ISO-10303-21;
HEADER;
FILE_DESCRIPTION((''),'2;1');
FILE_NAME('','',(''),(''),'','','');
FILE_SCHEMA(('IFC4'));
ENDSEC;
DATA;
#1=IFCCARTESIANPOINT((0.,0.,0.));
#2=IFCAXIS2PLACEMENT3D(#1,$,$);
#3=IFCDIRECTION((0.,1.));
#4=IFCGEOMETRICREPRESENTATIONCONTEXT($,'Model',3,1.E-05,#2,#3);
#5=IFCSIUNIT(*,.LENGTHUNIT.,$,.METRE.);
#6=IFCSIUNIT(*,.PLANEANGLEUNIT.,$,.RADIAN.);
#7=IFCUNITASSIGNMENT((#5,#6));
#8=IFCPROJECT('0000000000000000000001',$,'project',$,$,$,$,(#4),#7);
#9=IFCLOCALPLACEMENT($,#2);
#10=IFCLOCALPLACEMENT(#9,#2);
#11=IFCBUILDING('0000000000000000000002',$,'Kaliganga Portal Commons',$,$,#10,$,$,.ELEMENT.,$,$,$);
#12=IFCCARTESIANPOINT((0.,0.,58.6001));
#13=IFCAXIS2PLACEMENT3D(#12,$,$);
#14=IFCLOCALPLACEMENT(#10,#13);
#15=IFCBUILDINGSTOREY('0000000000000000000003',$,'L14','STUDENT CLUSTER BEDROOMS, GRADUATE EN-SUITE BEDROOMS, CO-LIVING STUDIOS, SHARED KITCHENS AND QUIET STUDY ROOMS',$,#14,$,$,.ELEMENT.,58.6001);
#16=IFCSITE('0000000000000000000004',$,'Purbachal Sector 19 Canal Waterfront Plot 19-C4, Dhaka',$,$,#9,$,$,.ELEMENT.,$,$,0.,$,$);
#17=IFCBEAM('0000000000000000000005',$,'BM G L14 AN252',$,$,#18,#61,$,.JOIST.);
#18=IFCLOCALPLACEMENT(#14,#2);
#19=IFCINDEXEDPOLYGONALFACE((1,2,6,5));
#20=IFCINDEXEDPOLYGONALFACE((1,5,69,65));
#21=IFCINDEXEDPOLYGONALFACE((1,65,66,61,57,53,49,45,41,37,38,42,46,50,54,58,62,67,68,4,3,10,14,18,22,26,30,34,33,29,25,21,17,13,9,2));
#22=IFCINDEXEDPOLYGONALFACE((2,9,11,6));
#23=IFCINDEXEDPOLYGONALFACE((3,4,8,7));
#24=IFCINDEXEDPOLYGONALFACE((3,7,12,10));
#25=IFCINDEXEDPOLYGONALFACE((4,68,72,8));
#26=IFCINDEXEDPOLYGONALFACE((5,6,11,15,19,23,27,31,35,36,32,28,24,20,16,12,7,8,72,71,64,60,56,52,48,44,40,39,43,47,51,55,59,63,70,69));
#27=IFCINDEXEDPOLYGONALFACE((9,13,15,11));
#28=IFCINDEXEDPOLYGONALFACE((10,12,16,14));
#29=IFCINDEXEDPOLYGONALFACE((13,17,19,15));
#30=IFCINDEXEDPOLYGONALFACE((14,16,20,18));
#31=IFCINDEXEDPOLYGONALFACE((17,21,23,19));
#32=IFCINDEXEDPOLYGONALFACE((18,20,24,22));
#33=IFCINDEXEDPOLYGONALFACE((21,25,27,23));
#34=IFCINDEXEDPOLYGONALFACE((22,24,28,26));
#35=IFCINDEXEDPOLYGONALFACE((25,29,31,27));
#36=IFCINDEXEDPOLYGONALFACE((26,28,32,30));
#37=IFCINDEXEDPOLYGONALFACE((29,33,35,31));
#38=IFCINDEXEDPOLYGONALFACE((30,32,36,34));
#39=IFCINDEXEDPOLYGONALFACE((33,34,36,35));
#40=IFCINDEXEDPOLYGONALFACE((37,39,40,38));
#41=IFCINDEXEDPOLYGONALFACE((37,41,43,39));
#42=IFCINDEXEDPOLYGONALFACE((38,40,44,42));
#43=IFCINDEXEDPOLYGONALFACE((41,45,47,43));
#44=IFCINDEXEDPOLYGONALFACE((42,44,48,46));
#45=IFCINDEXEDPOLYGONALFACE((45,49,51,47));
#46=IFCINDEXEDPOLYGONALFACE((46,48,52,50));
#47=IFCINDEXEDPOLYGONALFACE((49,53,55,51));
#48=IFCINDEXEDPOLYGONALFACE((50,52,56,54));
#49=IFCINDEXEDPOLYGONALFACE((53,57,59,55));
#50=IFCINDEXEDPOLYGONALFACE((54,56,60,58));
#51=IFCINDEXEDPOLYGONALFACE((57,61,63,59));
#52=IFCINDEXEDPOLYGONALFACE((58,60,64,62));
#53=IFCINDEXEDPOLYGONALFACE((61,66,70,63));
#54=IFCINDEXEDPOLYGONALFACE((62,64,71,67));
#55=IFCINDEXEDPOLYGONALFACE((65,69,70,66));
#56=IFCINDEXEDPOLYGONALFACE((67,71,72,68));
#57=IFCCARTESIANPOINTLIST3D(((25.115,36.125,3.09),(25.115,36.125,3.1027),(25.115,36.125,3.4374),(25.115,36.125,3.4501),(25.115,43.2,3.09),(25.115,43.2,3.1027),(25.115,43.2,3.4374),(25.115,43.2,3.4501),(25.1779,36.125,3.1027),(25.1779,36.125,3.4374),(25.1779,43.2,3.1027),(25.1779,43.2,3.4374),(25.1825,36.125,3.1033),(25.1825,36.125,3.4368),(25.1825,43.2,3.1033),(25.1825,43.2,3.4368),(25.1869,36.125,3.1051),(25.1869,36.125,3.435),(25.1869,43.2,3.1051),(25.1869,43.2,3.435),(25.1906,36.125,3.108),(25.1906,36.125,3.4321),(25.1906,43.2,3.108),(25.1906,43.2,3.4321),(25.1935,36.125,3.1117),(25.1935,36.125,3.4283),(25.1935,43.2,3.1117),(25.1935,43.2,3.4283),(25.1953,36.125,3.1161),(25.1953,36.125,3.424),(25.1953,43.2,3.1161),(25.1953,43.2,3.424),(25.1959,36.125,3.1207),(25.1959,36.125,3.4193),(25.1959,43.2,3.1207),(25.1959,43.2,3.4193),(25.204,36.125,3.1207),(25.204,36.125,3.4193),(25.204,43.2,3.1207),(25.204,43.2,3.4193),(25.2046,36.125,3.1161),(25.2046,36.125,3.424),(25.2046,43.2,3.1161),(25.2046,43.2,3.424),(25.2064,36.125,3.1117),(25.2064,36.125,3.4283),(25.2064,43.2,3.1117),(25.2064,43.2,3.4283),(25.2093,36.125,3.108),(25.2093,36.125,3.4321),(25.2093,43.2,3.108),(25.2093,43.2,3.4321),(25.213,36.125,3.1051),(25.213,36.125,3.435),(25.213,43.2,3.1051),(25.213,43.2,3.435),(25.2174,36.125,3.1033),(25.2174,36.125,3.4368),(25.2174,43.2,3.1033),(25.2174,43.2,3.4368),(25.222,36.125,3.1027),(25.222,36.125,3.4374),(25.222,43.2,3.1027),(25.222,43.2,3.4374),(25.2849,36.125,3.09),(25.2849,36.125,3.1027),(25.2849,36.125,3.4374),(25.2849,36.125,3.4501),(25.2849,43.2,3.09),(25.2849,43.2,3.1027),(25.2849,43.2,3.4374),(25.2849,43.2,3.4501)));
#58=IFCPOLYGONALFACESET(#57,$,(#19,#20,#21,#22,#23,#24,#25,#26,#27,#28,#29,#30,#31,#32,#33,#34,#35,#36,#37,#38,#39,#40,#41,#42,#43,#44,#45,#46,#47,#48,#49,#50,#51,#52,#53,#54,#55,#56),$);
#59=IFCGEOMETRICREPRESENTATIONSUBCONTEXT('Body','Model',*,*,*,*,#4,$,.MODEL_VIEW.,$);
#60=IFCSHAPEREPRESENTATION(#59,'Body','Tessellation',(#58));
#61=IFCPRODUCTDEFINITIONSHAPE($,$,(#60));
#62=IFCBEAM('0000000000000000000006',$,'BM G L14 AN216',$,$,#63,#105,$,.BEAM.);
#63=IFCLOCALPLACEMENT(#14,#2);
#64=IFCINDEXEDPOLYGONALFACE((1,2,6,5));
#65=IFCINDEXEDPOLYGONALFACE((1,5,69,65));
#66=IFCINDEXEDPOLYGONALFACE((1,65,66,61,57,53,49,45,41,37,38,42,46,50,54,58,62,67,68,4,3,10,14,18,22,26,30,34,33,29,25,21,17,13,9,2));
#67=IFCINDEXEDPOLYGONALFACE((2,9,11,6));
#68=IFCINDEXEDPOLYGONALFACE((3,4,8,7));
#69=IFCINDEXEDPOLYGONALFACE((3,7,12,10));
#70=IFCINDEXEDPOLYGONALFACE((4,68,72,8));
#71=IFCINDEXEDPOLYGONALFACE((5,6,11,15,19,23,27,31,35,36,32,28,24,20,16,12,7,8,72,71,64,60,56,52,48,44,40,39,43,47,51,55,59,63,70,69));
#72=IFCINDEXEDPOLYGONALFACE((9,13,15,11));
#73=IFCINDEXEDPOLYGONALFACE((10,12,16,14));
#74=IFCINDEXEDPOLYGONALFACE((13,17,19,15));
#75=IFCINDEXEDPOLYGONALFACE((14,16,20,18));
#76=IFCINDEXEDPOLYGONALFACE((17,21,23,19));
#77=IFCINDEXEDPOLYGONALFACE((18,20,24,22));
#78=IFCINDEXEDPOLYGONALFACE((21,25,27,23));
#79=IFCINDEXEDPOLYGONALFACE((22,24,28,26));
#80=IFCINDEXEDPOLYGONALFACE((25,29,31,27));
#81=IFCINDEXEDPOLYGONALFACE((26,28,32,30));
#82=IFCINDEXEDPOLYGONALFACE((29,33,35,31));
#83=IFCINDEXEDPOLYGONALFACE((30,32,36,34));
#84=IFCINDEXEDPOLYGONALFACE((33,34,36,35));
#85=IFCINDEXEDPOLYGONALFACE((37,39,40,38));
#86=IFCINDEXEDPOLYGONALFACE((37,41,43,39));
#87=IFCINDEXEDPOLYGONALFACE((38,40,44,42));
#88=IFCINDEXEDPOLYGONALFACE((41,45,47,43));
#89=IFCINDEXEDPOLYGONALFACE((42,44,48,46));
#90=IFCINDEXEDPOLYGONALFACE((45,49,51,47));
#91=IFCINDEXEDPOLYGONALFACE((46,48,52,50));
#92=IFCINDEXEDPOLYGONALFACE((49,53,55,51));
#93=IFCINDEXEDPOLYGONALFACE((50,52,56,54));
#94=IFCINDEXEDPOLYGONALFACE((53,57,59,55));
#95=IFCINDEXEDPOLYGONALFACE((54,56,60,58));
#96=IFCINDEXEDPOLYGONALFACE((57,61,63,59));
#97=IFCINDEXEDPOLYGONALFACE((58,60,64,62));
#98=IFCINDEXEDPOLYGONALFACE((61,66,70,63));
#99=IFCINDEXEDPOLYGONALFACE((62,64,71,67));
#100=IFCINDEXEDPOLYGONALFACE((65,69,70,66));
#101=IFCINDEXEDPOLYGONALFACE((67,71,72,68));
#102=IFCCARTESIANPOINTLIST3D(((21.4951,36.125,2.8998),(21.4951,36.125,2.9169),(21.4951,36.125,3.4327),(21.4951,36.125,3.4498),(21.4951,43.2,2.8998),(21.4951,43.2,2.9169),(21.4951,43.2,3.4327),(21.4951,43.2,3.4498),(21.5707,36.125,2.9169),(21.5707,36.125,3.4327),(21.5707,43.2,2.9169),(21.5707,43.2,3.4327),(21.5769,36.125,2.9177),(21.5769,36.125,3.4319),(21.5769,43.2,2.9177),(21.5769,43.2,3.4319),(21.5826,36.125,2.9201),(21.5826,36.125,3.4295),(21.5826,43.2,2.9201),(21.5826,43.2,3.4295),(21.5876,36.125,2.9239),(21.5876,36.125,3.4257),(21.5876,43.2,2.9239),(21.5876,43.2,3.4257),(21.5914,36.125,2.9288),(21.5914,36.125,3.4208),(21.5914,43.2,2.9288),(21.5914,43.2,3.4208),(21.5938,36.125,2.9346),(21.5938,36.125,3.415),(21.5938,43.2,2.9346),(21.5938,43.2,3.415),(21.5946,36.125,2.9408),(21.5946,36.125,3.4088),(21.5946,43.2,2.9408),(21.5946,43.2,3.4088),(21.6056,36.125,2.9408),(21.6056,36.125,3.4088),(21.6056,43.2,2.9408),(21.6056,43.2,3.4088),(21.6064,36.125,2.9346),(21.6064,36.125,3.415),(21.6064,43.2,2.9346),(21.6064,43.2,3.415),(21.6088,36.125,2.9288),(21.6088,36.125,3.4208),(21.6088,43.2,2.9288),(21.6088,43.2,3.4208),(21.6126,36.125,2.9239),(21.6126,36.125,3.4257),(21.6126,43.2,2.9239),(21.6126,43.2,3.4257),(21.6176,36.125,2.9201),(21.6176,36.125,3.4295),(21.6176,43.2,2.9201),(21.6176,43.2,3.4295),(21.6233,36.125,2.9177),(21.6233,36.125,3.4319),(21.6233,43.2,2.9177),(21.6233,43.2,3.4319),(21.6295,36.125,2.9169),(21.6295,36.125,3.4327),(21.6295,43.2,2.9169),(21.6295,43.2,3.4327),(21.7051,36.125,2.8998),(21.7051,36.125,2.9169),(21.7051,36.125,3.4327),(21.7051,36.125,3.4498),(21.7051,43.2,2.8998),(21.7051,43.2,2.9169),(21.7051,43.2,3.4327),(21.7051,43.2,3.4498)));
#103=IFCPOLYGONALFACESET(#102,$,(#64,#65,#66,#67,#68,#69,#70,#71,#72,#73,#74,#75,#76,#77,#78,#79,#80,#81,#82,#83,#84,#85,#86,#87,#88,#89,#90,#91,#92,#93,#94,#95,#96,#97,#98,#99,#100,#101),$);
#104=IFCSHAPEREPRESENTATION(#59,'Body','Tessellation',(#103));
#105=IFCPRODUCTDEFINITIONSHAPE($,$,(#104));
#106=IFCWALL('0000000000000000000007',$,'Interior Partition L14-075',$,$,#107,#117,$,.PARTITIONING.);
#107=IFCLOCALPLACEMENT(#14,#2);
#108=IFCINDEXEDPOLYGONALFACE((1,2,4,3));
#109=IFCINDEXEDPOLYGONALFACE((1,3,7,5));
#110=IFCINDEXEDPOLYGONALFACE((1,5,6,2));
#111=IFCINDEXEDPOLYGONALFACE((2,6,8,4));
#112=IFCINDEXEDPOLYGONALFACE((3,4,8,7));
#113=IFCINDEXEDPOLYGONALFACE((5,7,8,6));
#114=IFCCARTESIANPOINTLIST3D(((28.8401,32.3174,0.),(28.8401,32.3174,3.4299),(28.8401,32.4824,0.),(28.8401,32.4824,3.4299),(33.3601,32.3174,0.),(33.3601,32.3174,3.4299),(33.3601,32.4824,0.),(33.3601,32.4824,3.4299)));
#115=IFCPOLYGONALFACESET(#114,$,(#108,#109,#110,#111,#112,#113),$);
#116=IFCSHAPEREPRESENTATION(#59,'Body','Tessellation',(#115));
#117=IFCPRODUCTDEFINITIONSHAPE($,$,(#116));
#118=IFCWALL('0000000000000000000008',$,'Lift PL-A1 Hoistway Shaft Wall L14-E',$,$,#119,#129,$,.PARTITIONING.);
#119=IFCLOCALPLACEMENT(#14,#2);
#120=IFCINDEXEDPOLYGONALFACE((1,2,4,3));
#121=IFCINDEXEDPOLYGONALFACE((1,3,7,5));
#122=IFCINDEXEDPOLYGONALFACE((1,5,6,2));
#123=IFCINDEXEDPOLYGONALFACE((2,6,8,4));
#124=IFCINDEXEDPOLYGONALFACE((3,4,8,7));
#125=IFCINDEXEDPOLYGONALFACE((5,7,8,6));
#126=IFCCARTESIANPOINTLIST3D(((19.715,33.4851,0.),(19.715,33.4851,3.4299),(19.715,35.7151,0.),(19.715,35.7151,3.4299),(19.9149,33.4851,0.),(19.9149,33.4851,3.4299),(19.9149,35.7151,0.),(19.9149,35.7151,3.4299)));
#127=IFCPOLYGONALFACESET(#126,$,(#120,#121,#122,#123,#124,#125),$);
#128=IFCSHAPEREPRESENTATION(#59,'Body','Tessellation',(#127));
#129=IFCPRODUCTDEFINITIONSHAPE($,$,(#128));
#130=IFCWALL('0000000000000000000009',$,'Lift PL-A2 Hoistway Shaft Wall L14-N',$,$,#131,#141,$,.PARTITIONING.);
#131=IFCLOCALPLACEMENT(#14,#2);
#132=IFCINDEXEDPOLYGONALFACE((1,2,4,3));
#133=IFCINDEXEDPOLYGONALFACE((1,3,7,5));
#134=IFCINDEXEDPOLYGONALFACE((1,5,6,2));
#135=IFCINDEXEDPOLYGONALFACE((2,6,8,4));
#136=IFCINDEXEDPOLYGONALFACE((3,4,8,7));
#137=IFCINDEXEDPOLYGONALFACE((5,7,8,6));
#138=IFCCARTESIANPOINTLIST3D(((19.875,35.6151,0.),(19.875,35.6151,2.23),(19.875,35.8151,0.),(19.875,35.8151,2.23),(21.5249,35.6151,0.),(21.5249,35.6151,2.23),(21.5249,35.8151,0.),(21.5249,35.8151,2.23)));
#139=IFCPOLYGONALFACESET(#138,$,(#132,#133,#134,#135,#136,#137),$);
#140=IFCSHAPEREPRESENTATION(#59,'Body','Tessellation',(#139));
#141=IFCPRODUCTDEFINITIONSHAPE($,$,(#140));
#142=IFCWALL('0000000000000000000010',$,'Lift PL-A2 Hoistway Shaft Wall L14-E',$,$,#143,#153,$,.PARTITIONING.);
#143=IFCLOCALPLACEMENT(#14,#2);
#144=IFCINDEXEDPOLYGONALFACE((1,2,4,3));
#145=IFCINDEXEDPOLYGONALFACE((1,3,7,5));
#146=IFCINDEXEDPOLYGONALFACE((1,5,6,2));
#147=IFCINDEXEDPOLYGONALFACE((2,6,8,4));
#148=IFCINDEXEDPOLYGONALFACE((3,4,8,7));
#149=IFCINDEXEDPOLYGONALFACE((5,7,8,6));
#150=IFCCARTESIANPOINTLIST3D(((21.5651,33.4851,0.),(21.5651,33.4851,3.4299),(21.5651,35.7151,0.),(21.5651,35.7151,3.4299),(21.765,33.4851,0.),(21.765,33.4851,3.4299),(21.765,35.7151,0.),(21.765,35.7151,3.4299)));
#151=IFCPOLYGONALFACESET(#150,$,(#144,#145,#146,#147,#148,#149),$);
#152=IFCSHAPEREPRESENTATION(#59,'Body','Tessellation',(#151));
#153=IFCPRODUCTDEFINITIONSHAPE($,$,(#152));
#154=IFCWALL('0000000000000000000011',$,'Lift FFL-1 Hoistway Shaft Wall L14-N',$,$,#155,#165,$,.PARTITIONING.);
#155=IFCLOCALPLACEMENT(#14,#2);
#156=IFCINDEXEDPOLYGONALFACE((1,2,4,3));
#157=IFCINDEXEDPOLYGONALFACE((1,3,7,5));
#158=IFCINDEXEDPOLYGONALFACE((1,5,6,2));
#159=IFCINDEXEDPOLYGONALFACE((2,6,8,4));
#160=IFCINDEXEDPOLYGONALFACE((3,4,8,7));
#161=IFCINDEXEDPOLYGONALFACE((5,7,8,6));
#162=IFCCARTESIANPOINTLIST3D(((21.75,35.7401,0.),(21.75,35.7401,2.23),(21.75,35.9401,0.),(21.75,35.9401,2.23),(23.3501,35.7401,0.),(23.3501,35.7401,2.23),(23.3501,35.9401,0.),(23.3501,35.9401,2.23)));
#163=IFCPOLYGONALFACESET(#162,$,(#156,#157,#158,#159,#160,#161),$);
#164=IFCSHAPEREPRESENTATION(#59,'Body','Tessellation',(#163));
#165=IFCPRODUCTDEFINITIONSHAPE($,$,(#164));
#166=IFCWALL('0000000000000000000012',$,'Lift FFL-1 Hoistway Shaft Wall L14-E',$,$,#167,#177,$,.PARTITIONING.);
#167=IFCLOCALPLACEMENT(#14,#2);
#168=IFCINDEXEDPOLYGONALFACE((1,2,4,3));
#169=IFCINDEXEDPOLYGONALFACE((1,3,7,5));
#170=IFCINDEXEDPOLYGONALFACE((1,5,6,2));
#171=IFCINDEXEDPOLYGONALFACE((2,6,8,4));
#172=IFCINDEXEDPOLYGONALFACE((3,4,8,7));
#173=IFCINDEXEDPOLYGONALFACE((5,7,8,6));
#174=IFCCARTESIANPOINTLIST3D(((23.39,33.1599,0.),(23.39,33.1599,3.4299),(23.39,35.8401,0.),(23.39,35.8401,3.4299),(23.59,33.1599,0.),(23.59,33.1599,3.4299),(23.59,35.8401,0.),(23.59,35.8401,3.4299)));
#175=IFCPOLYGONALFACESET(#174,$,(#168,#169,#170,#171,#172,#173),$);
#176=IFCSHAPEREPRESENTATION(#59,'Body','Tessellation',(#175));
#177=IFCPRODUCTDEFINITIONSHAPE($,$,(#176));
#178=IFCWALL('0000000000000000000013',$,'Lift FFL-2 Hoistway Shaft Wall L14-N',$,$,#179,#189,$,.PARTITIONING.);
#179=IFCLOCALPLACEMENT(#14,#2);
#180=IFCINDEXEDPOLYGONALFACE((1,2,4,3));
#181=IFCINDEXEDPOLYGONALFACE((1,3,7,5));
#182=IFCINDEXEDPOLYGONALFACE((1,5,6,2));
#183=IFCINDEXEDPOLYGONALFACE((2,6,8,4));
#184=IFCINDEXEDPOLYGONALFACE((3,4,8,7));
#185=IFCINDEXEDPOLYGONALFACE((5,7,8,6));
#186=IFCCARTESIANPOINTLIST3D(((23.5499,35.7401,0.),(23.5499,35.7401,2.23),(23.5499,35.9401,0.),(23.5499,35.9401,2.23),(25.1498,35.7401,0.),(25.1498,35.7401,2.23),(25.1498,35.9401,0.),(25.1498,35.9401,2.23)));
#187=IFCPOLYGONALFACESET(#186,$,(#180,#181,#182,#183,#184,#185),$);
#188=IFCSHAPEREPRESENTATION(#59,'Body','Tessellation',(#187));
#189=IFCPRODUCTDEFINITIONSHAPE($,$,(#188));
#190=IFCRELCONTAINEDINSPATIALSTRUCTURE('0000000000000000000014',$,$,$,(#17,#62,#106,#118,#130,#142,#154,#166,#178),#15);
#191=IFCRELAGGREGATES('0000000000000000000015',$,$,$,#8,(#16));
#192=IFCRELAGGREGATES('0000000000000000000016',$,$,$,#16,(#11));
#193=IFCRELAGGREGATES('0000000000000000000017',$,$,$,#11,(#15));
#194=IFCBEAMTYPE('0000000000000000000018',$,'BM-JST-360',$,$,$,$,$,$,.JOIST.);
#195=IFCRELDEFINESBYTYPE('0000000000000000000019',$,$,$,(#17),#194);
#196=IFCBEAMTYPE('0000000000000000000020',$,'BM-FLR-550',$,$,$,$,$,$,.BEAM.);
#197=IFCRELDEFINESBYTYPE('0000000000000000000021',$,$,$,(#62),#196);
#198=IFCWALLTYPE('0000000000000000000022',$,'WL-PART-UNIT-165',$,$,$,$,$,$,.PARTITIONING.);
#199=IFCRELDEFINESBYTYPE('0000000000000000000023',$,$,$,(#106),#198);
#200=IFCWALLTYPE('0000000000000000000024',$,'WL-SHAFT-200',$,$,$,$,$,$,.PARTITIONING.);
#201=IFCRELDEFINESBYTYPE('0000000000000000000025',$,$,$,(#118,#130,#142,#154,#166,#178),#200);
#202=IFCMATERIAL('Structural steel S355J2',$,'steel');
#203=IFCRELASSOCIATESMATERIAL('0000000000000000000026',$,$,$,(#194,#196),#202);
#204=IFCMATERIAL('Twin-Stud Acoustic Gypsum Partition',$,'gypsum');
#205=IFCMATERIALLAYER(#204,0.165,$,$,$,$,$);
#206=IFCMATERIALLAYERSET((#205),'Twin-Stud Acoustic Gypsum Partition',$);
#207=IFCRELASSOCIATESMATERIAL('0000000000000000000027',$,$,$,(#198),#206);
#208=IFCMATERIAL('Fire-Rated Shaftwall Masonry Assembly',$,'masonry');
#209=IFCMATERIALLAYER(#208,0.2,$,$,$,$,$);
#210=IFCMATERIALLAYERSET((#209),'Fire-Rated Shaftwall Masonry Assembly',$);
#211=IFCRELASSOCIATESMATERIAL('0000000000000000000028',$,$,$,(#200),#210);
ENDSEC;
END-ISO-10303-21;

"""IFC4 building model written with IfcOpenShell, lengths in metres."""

from ifc_helpers import new_model, si_unit, direction, frame, frame_2d, origin, origin_2d, place, context, subcontext, project, spatial, rectangle, i_section, extrude, source, transform, mapped, material, layer, layer_set, material_profile, profile_set, type_object, element, save


model = new_model("IFC4")

# Units and contexts
model_context = context("Model", 3, precision=1e-05, world=origin(), true_north=direction((0.0, 1.0)))
body_context = subcontext(model_context, "Body", "Model", "MODEL_VIEW")
ifc_project = project(units=[si_unit("LENGTHUNIT", "METRE"), si_unit("PLANEANGLEUNIT", "RADIAN")], contexts=[model_context])

# Site, building, storey
site_placement = place(None, origin())
site = spatial("IfcSite", under=ifc_project, at=site_placement, Name="Purbachal Sector 19 Canal Waterfront Plot 19-C4, Dhaka", CompositionType="ELEMENT", RefElevation=0.0)
building_placement = place(site_placement, origin())
building = spatial("IfcBuilding", under=site, at=building_placement, Name="Kaliganga Portal Commons", CompositionType="ELEMENT")
storey_placement = place(building_placement, frame((0.0, 0.0, 58.6001)))
storey = spatial("IfcBuildingStorey", under=building, at=storey_placement, Name="L14", Description="STUDENT CLUSTER BEDROOMS, GRADUATE EN-SUITE BEDROOMS, CO-LIVING STUDIOS, SHARED KITCHENS AND QUIET STUDY ROOMS", CompositionType="ELEMENT", Elevation=58.6001)

# Beams
ifc_material_1 = material(Name="Structural steel S355J2", Category="steel")
ifc_material_profile_1 = material_profile(ifc_material_1, i_section(OverallWidth=0.1699, OverallDepth=0.3601, WebThickness=0.0081, FlangeThickness=0.0127, FilletRadius=0.0181, at=origin_2d()), Name="IPE 360")
ifc_profile_set_1 = profile_set([ifc_material_profile_1], Name="Structural steel S355J2 wide-flange")
beam_type_1 = type_object("IfcBeamType", Name="BM-JST-360", PredefinedType="JOIST", material=ifc_profile_set_1)
shared_shape_1 = source(origin(), body_context, "Body", "SweptSolid", [
    extrude(i_section(OverallWidth=0.1699, OverallDepth=0.3601, WebThickness=0.0081, FlangeThickness=0.0127, FilletRadius=0.0181, at=origin_2d()), origin(), (0.0, 0.0, 1.0), 7.075),
])
beam_1_placement = place(storey_placement, frame((25.2, 36.125, 3.27), z_axis=(0.0, 1.0, 0.0), x_axis=(-1.0, 0.0, 0.0)))
element("IfcBeam", 1, at=beam_1_placement, inside=storey, type_object=beam_type_1, Name="BM G L14 AN252", PredefinedType="JOIST", context=body_context, shape_type="MappedRepresentation", body=[
    mapped(shared_shape_1, transform((0.0, 0.0, 0.0), x_axis=(1.0, 0.0, 0.0), y_axis=(0.0, 1.0, 0.0), z_axis=(0.0, 0.0, 1.0), scale=1.0)),
])
ifc_material_profile_2 = material_profile(ifc_material_1, i_section(OverallWidth=0.21, OverallDepth=0.55, WebThickness=0.011, FlangeThickness=0.0171, FilletRadius=0.0239, at=origin_2d()), Name="IPE 550")
ifc_profile_set_2 = profile_set([ifc_material_profile_2], Name="Structural steel S355J2 wide-flange")
beam_type_2 = type_object("IfcBeamType", Name="BM-FLR-550", PredefinedType="BEAM", material=ifc_profile_set_2)
shared_shape_2 = source(origin(), body_context, "Body", "SweptSolid", [
    extrude(i_section(OverallWidth=0.21, OverallDepth=0.55, WebThickness=0.011, FlangeThickness=0.0171, FilletRadius=0.0239, at=origin_2d()), origin(), (0.0, 0.0, 1.0), 7.075),
])
beam_2_placement = place(storey_placement, frame((21.6001, 36.125, 3.1748), z_axis=(0.0, 1.0, 0.0), x_axis=(-1.0, 0.0, 0.0)))
element("IfcBeam", 2, at=beam_2_placement, inside=storey, type_object=beam_type_2, Name="BM G L14 AN216", PredefinedType="BEAM", context=body_context, shape_type="MappedRepresentation", body=[
    mapped(shared_shape_2, transform((0.0, 0.0, 0.0), x_axis=(1.0, 0.0, 0.0), y_axis=(0.0, 1.0, 0.0), z_axis=(0.0, 0.0, 1.0), scale=1.0)),
])

# Walls
ifc_material_2 = material(Name="Twin-Stud Acoustic Gypsum Partition", Category="gypsum")
ifc_layer_1 = layer(ifc_material_2, 0.165)
ifc_layer_set_1 = layer_set([ifc_layer_1], Name="Twin-Stud Acoustic Gypsum Partition")
wall_type_1 = type_object("IfcWallType", Name="WL-PART-UNIT-165", PredefinedType="PARTITIONING", material=ifc_layer_set_1)
wall_1_placement = place(storey_placement, frame((28.8401, 32.3999, 0.0), z_axis=(0.0, 0.0, 1.0), x_axis=(1.0, 0.0, 0.0)))
element("IfcWall", 3, at=wall_1_placement, inside=storey, type_object=wall_type_1, Name="Interior Partition L14-075", PredefinedType="PARTITIONING", context=body_context, shape_type="SweptSolid", body=[
    extrude(rectangle(XDim=4.52, YDim=0.165, at=frame_2d((2.26, 0.0))), origin(), (0.0, 0.0, 1.0), 3.4299),
])
ifc_material_3 = material(Name="Fire-Rated Shaftwall Masonry Assembly", Category="masonry")
ifc_layer_2 = layer(ifc_material_3, 0.2)
ifc_layer_set_2 = layer_set([ifc_layer_2], Name="Fire-Rated Shaftwall Masonry Assembly")
wall_type_2 = type_object("IfcWallType", Name="WL-SHAFT-200", PredefinedType="PARTITIONING", material=ifc_layer_set_2)
wall_2_placement = place(storey_placement, frame((19.8149, 33.4851, 0.0), z_axis=(0.0, 0.0, 1.0), x_axis=(0.0, 1.0, 0.0)))
element("IfcWall", 4, at=wall_2_placement, inside=storey, type_object=wall_type_2, Name="Lift PL-A1 Hoistway Shaft Wall L14-E", PredefinedType="PARTITIONING", context=body_context, shape_type="SweptSolid", body=[
    extrude(rectangle(XDim=2.23, YDim=0.2, at=frame_2d((1.115, 0.0))), origin(), (0.0, 0.0, 1.0), 3.4299),
])

# Walls
wall_3_placement = place(storey_placement, frame((19.875, 35.7151, 0.0), z_axis=(0.0, 0.0, 1.0), x_axis=(1.0, 0.0, 0.0)))
element("IfcWall", 5, at=wall_3_placement, inside=storey, type_object=wall_type_2, Name="Lift PL-A2 Hoistway Shaft Wall L14-N", PredefinedType="PARTITIONING", context=body_context, shape_type="SweptSolid", body=[
    extrude(rectangle(XDim=1.6499, YDim=0.2, at=frame_2d((0.825, 0.0))), origin(), (0.0, 0.0, 1.0), 2.23),
])
wall_4_placement = place(storey_placement, frame((21.665, 33.4851, 0.0), z_axis=(0.0, 0.0, 1.0), x_axis=(0.0, 1.0, 0.0)))
element("IfcWall", 6, at=wall_4_placement, inside=storey, type_object=wall_type_2, Name="Lift PL-A2 Hoistway Shaft Wall L14-E", PredefinedType="PARTITIONING", context=body_context, shape_type="SweptSolid", body=[
    extrude(rectangle(XDim=2.23, YDim=0.2, at=frame_2d((1.115, 0.0))), origin(), (0.0, 0.0, 1.0), 3.4299),
])

# Walls
wall_5_placement = place(storey_placement, frame((21.75, 35.8401, 0.0), z_axis=(0.0, 0.0, 1.0), x_axis=(1.0, 0.0, 0.0)))
element("IfcWall", 7, at=wall_5_placement, inside=storey, type_object=wall_type_2, Name="Lift FFL-1 Hoistway Shaft Wall L14-N", PredefinedType="PARTITIONING", context=body_context, shape_type="SweptSolid", body=[
    extrude(rectangle(XDim=1.6001, YDim=0.2, at=frame_2d((0.8, 0.0))), origin(), (0.0, 0.0, 1.0), 2.23),
])
wall_6_placement = place(storey_placement, frame((23.49, 33.1599, 0.0), z_axis=(0.0, 0.0, 1.0), x_axis=(0.0, 1.0, 0.0)))
element("IfcWall", 8, at=wall_6_placement, inside=storey, type_object=wall_type_2, Name="Lift FFL-1 Hoistway Shaft Wall L14-E", PredefinedType="PARTITIONING", context=body_context, shape_type="SweptSolid", body=[
    extrude(rectangle(XDim=2.6802, YDim=0.2, at=frame_2d((1.3401, 0.0))), origin(), (0.0, 0.0, 1.0), 3.4299),
])

# Wall
wall_7_placement = place(storey_placement, frame((23.55, 35.8401, 0.0), z_axis=(0.0, 0.0, 1.0), x_axis=(1.0, 0.0, 0.0)))
element("IfcWall", 9, at=wall_7_placement, inside=storey, type_object=wall_type_2, Name="Lift FFL-2 Hoistway Shaft Wall L14-N", PredefinedType="PARTITIONING", context=body_context, shape_type="SweptSolid", body=[
    extrude(rectangle(XDim=1.5999, YDim=0.2, at=frame_2d((0.7998, 0.0))), origin(), (0.0, 0.0, 1.0), 2.23),
])

save(model, "model.ifc")
